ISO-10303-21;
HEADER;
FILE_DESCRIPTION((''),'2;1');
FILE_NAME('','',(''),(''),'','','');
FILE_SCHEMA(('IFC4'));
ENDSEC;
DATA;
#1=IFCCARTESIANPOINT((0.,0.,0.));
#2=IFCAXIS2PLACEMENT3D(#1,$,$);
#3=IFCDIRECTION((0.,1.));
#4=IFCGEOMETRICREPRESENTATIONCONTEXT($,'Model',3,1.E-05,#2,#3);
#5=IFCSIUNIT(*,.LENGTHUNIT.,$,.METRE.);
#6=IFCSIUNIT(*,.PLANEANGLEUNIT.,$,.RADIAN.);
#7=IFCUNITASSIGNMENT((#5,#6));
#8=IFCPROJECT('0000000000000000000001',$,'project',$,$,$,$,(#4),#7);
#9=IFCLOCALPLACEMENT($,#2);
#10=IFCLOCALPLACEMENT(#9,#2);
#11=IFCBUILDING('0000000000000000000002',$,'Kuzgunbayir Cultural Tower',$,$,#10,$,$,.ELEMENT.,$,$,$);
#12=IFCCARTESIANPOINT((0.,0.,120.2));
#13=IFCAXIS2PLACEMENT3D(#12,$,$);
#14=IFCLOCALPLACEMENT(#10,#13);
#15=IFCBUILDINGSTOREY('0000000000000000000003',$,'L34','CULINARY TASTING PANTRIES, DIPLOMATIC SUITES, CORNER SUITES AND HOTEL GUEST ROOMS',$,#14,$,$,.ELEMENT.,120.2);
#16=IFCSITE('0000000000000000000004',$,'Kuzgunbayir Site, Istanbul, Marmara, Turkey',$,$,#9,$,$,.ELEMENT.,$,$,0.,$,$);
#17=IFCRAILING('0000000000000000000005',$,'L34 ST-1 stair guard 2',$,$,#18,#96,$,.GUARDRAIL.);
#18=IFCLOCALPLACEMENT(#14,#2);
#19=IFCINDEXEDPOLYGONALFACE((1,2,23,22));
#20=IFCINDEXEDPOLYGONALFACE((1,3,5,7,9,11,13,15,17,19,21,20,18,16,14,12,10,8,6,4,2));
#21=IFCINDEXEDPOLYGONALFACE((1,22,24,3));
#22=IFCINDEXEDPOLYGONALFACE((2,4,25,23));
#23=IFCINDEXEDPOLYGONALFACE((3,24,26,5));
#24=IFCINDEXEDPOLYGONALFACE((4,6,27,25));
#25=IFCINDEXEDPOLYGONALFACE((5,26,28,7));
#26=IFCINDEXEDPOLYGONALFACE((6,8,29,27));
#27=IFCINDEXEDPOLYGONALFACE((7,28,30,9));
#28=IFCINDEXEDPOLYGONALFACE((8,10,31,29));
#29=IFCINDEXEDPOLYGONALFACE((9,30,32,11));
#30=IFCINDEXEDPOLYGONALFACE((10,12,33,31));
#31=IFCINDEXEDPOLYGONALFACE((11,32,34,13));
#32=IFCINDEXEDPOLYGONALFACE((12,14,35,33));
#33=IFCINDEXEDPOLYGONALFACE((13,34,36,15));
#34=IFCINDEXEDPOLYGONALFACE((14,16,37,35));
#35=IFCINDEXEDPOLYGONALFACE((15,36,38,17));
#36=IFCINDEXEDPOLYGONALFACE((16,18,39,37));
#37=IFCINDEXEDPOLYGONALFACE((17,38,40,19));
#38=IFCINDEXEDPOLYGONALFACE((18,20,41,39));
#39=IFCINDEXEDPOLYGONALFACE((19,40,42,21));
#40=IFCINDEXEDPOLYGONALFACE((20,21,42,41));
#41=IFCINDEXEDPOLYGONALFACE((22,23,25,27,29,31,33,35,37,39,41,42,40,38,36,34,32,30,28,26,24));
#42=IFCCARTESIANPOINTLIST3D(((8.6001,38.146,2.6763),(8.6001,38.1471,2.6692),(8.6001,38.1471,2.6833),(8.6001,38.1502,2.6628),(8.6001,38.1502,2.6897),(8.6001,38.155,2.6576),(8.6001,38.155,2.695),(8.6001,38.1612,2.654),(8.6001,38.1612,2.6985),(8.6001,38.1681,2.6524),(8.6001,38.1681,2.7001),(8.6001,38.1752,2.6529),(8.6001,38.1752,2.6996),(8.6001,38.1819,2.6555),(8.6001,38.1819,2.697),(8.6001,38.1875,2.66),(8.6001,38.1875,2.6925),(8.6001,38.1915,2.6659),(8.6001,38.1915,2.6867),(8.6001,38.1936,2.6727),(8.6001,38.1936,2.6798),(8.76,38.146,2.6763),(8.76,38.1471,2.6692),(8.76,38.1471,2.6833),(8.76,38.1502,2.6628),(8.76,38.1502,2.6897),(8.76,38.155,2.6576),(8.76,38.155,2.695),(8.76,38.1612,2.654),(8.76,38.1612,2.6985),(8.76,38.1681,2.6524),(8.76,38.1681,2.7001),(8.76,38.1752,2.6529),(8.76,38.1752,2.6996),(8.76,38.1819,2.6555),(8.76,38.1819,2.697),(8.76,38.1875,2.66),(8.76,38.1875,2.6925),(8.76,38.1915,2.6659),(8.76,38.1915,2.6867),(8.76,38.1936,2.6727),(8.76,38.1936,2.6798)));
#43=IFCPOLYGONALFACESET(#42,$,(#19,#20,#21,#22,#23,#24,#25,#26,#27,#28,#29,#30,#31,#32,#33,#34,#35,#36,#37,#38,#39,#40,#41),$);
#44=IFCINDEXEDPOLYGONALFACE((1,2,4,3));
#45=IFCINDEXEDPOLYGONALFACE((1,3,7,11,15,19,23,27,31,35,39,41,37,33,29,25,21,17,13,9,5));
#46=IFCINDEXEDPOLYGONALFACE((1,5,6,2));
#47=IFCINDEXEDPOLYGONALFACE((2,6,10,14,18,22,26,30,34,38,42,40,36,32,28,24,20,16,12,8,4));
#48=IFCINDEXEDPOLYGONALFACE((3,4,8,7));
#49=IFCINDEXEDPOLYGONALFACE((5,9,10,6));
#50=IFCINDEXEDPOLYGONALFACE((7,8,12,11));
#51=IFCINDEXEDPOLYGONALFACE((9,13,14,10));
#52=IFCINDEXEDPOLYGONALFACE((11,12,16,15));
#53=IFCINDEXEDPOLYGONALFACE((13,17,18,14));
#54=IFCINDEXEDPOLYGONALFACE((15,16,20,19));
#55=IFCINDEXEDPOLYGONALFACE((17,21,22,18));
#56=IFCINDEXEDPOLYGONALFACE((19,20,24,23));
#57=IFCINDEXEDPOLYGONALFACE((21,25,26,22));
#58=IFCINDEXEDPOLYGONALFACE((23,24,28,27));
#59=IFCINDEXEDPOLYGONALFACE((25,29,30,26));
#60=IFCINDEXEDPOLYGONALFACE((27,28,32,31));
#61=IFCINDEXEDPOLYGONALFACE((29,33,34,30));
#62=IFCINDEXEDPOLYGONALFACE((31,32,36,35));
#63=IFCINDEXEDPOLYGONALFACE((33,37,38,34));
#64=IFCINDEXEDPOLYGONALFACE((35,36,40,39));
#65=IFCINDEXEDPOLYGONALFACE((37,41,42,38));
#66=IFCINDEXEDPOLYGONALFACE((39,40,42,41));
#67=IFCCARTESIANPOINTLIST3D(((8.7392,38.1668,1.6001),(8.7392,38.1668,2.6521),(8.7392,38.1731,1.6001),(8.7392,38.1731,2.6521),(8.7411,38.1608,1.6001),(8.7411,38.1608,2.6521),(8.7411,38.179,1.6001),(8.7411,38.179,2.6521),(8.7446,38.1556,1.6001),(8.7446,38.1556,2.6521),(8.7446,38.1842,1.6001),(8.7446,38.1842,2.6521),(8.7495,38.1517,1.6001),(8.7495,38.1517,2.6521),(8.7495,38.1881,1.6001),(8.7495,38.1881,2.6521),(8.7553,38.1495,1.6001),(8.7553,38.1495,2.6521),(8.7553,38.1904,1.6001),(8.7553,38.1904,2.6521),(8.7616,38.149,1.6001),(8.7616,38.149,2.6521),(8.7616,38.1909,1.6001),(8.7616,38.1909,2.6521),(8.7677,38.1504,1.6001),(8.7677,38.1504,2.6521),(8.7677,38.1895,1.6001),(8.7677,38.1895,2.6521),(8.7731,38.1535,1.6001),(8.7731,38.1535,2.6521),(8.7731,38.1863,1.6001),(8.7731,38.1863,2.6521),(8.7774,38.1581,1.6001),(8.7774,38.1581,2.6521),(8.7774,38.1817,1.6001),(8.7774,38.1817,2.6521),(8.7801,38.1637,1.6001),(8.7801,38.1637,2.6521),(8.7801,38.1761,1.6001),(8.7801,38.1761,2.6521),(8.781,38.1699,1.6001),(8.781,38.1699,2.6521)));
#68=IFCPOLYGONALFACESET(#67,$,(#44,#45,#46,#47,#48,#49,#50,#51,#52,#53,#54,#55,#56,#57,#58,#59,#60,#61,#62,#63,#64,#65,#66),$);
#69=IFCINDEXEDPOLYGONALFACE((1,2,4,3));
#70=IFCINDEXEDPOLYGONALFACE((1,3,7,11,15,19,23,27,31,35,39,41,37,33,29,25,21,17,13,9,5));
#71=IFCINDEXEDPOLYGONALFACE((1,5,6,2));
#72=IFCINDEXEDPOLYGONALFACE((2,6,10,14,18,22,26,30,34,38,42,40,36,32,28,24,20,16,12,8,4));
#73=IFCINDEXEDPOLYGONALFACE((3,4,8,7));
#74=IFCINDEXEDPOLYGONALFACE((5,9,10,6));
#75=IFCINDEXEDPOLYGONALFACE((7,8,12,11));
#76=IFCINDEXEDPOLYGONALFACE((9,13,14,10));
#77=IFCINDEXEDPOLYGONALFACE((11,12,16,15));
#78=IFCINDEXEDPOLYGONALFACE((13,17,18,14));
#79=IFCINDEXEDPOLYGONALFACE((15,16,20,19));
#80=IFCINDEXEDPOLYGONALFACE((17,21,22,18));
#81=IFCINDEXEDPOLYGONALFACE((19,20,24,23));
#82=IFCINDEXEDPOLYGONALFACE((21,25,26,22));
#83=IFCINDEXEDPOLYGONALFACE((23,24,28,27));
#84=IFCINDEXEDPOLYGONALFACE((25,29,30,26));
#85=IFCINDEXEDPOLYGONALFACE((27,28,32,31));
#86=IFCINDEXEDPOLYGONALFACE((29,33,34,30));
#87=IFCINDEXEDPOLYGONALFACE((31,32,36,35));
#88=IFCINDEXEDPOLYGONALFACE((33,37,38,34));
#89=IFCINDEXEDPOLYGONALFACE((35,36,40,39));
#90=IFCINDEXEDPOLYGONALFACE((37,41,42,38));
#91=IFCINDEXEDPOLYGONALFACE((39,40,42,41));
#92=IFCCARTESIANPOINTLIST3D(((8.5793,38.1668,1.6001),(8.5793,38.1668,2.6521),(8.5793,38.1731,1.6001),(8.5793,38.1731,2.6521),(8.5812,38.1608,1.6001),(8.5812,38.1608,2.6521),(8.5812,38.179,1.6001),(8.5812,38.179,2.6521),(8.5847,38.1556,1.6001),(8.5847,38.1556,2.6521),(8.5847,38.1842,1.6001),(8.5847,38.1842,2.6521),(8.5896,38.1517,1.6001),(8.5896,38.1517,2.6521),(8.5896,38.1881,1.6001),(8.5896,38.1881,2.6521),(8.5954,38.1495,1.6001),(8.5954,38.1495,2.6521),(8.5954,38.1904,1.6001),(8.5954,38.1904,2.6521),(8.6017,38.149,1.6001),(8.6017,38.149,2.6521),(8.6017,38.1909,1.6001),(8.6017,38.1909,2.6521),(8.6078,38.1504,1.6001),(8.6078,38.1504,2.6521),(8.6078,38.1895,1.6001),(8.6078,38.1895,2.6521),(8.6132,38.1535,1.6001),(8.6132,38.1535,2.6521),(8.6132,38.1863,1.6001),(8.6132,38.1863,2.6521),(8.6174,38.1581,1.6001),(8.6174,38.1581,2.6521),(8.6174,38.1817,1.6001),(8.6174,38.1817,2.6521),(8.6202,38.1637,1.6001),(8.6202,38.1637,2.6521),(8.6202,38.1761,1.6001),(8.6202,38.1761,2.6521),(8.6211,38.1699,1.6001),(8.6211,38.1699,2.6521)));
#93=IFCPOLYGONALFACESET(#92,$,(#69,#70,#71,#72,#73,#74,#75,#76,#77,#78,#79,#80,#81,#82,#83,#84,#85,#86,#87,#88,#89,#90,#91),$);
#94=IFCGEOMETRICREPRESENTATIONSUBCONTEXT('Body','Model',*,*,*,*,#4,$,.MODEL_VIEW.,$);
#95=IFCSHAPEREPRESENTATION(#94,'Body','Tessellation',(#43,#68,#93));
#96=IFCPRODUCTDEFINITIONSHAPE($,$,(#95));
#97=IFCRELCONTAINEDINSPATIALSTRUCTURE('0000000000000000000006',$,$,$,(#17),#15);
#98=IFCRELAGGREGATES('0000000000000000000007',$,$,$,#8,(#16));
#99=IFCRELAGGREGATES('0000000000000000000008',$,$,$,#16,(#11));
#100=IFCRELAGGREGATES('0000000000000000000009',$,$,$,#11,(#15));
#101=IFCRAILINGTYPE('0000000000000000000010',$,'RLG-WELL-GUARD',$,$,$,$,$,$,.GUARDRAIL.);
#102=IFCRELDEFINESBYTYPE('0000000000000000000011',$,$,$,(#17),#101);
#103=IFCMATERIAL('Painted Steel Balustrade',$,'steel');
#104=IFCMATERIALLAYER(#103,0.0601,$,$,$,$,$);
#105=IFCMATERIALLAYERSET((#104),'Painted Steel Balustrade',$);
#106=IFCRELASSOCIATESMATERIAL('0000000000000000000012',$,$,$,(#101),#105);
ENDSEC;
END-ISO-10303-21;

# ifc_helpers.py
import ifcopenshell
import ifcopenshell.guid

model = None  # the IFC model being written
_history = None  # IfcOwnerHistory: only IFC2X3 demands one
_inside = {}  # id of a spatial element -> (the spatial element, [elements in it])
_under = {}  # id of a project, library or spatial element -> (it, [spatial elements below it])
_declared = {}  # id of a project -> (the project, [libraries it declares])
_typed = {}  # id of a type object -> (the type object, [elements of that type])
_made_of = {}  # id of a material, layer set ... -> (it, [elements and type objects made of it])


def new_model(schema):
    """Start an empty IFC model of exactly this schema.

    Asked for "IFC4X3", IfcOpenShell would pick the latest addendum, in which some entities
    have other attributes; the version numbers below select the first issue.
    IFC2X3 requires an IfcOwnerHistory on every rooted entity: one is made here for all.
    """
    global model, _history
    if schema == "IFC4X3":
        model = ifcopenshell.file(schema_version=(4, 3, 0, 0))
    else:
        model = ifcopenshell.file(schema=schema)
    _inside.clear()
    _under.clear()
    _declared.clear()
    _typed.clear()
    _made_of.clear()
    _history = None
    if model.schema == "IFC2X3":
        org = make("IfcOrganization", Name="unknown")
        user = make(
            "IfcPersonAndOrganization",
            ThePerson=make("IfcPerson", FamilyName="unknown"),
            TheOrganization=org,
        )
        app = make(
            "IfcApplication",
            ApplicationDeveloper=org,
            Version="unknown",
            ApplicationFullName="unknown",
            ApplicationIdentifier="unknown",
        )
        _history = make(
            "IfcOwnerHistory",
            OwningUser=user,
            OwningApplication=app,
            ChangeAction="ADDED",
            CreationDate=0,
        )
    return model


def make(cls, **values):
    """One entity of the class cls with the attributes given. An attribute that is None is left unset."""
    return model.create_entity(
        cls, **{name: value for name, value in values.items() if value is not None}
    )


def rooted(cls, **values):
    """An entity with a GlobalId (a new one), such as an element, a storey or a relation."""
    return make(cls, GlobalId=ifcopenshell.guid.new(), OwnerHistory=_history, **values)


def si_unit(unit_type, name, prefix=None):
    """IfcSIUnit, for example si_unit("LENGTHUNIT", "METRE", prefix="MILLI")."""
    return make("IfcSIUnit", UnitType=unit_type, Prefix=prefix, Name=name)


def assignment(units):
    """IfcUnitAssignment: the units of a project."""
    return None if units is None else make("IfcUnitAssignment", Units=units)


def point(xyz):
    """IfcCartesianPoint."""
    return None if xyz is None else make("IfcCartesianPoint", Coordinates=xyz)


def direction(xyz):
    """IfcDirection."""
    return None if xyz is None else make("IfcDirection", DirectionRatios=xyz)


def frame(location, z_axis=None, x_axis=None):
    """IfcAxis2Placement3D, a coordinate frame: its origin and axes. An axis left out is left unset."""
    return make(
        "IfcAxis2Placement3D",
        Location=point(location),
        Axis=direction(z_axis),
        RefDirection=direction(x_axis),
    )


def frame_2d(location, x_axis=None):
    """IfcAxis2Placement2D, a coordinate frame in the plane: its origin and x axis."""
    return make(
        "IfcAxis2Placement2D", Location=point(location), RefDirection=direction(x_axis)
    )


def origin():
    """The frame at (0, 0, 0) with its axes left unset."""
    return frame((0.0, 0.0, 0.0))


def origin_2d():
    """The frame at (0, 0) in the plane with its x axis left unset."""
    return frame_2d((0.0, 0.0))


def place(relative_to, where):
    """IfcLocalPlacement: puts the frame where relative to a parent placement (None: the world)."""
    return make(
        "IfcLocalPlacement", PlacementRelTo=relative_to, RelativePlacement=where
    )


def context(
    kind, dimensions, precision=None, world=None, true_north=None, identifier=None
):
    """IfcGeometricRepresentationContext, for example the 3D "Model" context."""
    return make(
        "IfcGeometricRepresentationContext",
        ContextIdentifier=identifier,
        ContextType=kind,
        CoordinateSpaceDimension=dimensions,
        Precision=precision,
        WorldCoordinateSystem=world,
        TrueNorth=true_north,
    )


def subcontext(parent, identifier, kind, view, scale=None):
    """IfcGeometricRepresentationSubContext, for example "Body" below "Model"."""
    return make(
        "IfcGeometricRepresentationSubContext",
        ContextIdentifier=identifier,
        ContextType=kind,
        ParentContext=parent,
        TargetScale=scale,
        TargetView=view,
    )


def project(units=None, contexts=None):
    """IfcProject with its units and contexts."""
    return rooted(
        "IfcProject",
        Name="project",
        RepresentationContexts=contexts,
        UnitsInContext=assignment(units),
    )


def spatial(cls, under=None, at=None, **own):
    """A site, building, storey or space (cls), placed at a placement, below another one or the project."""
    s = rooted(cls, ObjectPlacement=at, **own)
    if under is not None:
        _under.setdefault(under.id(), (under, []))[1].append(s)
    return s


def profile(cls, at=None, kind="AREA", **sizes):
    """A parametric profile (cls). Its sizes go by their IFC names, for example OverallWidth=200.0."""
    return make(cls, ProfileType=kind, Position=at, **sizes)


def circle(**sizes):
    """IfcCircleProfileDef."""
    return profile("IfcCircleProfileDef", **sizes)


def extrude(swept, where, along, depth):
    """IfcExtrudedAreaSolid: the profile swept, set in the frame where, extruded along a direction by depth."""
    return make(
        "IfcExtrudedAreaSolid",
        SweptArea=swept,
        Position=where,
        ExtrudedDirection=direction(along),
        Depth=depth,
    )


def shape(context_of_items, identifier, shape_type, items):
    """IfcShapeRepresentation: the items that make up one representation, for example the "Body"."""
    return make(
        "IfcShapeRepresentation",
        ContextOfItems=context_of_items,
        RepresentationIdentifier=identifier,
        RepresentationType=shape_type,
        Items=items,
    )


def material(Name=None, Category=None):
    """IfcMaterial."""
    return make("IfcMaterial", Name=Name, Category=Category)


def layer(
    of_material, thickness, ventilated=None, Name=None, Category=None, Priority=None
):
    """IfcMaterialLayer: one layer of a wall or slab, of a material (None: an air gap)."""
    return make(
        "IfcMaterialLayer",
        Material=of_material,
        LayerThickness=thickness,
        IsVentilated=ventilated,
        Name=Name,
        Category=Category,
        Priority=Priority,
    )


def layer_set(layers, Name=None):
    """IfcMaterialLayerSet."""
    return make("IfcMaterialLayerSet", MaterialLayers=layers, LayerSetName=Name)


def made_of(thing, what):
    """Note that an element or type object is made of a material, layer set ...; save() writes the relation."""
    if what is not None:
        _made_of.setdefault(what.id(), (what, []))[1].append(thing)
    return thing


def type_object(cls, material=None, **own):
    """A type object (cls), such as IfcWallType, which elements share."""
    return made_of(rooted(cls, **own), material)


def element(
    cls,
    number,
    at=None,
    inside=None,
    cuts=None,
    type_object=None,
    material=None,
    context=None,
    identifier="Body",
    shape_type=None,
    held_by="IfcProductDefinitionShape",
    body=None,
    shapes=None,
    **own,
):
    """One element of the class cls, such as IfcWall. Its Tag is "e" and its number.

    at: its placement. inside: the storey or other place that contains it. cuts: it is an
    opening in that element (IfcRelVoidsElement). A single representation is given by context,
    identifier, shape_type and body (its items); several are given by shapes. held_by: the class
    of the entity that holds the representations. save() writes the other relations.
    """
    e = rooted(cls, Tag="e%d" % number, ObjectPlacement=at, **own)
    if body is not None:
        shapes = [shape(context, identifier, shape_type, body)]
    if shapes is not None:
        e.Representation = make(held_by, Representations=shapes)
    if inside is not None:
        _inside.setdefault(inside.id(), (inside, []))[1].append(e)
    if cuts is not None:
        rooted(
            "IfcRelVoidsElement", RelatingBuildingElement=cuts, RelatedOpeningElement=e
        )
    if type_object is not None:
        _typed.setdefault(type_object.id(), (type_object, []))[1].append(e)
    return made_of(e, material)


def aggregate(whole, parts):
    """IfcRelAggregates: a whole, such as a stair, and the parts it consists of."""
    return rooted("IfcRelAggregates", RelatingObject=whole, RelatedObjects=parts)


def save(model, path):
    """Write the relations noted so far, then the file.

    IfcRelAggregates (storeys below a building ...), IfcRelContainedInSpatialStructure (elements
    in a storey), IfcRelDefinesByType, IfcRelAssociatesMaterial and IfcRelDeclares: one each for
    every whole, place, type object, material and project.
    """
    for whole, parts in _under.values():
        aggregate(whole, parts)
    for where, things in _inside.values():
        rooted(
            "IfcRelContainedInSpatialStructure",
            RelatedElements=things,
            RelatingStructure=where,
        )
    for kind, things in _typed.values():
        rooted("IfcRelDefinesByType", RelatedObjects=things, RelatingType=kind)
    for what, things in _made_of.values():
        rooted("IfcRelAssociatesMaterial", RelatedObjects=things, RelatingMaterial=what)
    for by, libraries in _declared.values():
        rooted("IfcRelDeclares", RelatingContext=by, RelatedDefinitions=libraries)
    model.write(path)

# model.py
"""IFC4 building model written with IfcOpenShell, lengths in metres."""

from ifc_helpers import new_model, si_unit, direction, frame, origin, origin_2d, place, context, subcontext, project, spatial, circle, extrude, material, layer, layer_set, type_object, element, save


model = new_model("IFC4")

# Units and contexts
model_context = context("Model", 3, precision=1e-05, world=origin(), true_north=direction((0.0, 1.0)))
body_context = subcontext(model_context, "Body", "Model", "MODEL_VIEW")
ifc_project = project(units=[si_unit("LENGTHUNIT", "METRE"), si_unit("PLANEANGLEUNIT", "RADIAN")], contexts=[model_context])

# Site, building, storey
site_placement = place(None, origin())
site = spatial("IfcSite", under=ifc_project, at=site_placement, Name="Kuzgunbayir Site, Istanbul, Marmara, Turkey", CompositionType="ELEMENT", RefElevation=0.0)
building_placement = place(site_placement, origin())
building = spatial("IfcBuilding", under=site, at=building_placement, Name="Kuzgunbayir Cultural Tower", CompositionType="ELEMENT")
storey_placement = place(building_placement, frame((0.0, 0.0, 120.2)))
storey = spatial("IfcBuildingStorey", under=building, at=storey_placement, Name="L34", Description="CULINARY TASTING PANTRIES, DIPLOMATIC SUITES, CORNER SUITES AND HOTEL GUEST ROOMS", CompositionType="ELEMENT", Elevation=120.2)

# Railing
ifc_material_1 = material(Name="Painted Steel Balustrade", Category="steel")
ifc_layer_1 = layer(ifc_material_1, 0.0601)
ifc_layer_set_1 = layer_set([ifc_layer_1], Name="Painted Steel Balustrade")
railing_type_1 = type_object("IfcRailingType", Name="RLG-WELL-GUARD", PredefinedType="GUARDRAIL", material=ifc_layer_set_1)
railing_1_placement = place(storey_placement, frame((8.76, 38.1699, 1.6001)))
element("IfcRailing", 1, at=railing_1_placement, inside=storey, type_object=railing_type_1, Name="L34 ST-1 stair guard 2", PredefinedType="GUARDRAIL", context=body_context, shape_type="SweptSolid", body=[
    extrude(circle(Radius=0.0239, at=origin_2d()), frame((0.0, 0.0, 1.0762), z_axis=(-1.0, 0.0, 0.0), x_axis=(0.0, -1.0, 0.0)), (0.0, 0.0, 1.0), 0.1599),
    extrude(circle(Radius=0.021, at=origin_2d()), origin(), (0.0, 0.0, 1.0), 1.052),
    extrude(circle(Radius=0.021, at=origin_2d()), frame((-0.1599, 0.0, 0.0)), (0.0, 0.0, 1.0), 1.052),
])

save(model, "model.ifc")
